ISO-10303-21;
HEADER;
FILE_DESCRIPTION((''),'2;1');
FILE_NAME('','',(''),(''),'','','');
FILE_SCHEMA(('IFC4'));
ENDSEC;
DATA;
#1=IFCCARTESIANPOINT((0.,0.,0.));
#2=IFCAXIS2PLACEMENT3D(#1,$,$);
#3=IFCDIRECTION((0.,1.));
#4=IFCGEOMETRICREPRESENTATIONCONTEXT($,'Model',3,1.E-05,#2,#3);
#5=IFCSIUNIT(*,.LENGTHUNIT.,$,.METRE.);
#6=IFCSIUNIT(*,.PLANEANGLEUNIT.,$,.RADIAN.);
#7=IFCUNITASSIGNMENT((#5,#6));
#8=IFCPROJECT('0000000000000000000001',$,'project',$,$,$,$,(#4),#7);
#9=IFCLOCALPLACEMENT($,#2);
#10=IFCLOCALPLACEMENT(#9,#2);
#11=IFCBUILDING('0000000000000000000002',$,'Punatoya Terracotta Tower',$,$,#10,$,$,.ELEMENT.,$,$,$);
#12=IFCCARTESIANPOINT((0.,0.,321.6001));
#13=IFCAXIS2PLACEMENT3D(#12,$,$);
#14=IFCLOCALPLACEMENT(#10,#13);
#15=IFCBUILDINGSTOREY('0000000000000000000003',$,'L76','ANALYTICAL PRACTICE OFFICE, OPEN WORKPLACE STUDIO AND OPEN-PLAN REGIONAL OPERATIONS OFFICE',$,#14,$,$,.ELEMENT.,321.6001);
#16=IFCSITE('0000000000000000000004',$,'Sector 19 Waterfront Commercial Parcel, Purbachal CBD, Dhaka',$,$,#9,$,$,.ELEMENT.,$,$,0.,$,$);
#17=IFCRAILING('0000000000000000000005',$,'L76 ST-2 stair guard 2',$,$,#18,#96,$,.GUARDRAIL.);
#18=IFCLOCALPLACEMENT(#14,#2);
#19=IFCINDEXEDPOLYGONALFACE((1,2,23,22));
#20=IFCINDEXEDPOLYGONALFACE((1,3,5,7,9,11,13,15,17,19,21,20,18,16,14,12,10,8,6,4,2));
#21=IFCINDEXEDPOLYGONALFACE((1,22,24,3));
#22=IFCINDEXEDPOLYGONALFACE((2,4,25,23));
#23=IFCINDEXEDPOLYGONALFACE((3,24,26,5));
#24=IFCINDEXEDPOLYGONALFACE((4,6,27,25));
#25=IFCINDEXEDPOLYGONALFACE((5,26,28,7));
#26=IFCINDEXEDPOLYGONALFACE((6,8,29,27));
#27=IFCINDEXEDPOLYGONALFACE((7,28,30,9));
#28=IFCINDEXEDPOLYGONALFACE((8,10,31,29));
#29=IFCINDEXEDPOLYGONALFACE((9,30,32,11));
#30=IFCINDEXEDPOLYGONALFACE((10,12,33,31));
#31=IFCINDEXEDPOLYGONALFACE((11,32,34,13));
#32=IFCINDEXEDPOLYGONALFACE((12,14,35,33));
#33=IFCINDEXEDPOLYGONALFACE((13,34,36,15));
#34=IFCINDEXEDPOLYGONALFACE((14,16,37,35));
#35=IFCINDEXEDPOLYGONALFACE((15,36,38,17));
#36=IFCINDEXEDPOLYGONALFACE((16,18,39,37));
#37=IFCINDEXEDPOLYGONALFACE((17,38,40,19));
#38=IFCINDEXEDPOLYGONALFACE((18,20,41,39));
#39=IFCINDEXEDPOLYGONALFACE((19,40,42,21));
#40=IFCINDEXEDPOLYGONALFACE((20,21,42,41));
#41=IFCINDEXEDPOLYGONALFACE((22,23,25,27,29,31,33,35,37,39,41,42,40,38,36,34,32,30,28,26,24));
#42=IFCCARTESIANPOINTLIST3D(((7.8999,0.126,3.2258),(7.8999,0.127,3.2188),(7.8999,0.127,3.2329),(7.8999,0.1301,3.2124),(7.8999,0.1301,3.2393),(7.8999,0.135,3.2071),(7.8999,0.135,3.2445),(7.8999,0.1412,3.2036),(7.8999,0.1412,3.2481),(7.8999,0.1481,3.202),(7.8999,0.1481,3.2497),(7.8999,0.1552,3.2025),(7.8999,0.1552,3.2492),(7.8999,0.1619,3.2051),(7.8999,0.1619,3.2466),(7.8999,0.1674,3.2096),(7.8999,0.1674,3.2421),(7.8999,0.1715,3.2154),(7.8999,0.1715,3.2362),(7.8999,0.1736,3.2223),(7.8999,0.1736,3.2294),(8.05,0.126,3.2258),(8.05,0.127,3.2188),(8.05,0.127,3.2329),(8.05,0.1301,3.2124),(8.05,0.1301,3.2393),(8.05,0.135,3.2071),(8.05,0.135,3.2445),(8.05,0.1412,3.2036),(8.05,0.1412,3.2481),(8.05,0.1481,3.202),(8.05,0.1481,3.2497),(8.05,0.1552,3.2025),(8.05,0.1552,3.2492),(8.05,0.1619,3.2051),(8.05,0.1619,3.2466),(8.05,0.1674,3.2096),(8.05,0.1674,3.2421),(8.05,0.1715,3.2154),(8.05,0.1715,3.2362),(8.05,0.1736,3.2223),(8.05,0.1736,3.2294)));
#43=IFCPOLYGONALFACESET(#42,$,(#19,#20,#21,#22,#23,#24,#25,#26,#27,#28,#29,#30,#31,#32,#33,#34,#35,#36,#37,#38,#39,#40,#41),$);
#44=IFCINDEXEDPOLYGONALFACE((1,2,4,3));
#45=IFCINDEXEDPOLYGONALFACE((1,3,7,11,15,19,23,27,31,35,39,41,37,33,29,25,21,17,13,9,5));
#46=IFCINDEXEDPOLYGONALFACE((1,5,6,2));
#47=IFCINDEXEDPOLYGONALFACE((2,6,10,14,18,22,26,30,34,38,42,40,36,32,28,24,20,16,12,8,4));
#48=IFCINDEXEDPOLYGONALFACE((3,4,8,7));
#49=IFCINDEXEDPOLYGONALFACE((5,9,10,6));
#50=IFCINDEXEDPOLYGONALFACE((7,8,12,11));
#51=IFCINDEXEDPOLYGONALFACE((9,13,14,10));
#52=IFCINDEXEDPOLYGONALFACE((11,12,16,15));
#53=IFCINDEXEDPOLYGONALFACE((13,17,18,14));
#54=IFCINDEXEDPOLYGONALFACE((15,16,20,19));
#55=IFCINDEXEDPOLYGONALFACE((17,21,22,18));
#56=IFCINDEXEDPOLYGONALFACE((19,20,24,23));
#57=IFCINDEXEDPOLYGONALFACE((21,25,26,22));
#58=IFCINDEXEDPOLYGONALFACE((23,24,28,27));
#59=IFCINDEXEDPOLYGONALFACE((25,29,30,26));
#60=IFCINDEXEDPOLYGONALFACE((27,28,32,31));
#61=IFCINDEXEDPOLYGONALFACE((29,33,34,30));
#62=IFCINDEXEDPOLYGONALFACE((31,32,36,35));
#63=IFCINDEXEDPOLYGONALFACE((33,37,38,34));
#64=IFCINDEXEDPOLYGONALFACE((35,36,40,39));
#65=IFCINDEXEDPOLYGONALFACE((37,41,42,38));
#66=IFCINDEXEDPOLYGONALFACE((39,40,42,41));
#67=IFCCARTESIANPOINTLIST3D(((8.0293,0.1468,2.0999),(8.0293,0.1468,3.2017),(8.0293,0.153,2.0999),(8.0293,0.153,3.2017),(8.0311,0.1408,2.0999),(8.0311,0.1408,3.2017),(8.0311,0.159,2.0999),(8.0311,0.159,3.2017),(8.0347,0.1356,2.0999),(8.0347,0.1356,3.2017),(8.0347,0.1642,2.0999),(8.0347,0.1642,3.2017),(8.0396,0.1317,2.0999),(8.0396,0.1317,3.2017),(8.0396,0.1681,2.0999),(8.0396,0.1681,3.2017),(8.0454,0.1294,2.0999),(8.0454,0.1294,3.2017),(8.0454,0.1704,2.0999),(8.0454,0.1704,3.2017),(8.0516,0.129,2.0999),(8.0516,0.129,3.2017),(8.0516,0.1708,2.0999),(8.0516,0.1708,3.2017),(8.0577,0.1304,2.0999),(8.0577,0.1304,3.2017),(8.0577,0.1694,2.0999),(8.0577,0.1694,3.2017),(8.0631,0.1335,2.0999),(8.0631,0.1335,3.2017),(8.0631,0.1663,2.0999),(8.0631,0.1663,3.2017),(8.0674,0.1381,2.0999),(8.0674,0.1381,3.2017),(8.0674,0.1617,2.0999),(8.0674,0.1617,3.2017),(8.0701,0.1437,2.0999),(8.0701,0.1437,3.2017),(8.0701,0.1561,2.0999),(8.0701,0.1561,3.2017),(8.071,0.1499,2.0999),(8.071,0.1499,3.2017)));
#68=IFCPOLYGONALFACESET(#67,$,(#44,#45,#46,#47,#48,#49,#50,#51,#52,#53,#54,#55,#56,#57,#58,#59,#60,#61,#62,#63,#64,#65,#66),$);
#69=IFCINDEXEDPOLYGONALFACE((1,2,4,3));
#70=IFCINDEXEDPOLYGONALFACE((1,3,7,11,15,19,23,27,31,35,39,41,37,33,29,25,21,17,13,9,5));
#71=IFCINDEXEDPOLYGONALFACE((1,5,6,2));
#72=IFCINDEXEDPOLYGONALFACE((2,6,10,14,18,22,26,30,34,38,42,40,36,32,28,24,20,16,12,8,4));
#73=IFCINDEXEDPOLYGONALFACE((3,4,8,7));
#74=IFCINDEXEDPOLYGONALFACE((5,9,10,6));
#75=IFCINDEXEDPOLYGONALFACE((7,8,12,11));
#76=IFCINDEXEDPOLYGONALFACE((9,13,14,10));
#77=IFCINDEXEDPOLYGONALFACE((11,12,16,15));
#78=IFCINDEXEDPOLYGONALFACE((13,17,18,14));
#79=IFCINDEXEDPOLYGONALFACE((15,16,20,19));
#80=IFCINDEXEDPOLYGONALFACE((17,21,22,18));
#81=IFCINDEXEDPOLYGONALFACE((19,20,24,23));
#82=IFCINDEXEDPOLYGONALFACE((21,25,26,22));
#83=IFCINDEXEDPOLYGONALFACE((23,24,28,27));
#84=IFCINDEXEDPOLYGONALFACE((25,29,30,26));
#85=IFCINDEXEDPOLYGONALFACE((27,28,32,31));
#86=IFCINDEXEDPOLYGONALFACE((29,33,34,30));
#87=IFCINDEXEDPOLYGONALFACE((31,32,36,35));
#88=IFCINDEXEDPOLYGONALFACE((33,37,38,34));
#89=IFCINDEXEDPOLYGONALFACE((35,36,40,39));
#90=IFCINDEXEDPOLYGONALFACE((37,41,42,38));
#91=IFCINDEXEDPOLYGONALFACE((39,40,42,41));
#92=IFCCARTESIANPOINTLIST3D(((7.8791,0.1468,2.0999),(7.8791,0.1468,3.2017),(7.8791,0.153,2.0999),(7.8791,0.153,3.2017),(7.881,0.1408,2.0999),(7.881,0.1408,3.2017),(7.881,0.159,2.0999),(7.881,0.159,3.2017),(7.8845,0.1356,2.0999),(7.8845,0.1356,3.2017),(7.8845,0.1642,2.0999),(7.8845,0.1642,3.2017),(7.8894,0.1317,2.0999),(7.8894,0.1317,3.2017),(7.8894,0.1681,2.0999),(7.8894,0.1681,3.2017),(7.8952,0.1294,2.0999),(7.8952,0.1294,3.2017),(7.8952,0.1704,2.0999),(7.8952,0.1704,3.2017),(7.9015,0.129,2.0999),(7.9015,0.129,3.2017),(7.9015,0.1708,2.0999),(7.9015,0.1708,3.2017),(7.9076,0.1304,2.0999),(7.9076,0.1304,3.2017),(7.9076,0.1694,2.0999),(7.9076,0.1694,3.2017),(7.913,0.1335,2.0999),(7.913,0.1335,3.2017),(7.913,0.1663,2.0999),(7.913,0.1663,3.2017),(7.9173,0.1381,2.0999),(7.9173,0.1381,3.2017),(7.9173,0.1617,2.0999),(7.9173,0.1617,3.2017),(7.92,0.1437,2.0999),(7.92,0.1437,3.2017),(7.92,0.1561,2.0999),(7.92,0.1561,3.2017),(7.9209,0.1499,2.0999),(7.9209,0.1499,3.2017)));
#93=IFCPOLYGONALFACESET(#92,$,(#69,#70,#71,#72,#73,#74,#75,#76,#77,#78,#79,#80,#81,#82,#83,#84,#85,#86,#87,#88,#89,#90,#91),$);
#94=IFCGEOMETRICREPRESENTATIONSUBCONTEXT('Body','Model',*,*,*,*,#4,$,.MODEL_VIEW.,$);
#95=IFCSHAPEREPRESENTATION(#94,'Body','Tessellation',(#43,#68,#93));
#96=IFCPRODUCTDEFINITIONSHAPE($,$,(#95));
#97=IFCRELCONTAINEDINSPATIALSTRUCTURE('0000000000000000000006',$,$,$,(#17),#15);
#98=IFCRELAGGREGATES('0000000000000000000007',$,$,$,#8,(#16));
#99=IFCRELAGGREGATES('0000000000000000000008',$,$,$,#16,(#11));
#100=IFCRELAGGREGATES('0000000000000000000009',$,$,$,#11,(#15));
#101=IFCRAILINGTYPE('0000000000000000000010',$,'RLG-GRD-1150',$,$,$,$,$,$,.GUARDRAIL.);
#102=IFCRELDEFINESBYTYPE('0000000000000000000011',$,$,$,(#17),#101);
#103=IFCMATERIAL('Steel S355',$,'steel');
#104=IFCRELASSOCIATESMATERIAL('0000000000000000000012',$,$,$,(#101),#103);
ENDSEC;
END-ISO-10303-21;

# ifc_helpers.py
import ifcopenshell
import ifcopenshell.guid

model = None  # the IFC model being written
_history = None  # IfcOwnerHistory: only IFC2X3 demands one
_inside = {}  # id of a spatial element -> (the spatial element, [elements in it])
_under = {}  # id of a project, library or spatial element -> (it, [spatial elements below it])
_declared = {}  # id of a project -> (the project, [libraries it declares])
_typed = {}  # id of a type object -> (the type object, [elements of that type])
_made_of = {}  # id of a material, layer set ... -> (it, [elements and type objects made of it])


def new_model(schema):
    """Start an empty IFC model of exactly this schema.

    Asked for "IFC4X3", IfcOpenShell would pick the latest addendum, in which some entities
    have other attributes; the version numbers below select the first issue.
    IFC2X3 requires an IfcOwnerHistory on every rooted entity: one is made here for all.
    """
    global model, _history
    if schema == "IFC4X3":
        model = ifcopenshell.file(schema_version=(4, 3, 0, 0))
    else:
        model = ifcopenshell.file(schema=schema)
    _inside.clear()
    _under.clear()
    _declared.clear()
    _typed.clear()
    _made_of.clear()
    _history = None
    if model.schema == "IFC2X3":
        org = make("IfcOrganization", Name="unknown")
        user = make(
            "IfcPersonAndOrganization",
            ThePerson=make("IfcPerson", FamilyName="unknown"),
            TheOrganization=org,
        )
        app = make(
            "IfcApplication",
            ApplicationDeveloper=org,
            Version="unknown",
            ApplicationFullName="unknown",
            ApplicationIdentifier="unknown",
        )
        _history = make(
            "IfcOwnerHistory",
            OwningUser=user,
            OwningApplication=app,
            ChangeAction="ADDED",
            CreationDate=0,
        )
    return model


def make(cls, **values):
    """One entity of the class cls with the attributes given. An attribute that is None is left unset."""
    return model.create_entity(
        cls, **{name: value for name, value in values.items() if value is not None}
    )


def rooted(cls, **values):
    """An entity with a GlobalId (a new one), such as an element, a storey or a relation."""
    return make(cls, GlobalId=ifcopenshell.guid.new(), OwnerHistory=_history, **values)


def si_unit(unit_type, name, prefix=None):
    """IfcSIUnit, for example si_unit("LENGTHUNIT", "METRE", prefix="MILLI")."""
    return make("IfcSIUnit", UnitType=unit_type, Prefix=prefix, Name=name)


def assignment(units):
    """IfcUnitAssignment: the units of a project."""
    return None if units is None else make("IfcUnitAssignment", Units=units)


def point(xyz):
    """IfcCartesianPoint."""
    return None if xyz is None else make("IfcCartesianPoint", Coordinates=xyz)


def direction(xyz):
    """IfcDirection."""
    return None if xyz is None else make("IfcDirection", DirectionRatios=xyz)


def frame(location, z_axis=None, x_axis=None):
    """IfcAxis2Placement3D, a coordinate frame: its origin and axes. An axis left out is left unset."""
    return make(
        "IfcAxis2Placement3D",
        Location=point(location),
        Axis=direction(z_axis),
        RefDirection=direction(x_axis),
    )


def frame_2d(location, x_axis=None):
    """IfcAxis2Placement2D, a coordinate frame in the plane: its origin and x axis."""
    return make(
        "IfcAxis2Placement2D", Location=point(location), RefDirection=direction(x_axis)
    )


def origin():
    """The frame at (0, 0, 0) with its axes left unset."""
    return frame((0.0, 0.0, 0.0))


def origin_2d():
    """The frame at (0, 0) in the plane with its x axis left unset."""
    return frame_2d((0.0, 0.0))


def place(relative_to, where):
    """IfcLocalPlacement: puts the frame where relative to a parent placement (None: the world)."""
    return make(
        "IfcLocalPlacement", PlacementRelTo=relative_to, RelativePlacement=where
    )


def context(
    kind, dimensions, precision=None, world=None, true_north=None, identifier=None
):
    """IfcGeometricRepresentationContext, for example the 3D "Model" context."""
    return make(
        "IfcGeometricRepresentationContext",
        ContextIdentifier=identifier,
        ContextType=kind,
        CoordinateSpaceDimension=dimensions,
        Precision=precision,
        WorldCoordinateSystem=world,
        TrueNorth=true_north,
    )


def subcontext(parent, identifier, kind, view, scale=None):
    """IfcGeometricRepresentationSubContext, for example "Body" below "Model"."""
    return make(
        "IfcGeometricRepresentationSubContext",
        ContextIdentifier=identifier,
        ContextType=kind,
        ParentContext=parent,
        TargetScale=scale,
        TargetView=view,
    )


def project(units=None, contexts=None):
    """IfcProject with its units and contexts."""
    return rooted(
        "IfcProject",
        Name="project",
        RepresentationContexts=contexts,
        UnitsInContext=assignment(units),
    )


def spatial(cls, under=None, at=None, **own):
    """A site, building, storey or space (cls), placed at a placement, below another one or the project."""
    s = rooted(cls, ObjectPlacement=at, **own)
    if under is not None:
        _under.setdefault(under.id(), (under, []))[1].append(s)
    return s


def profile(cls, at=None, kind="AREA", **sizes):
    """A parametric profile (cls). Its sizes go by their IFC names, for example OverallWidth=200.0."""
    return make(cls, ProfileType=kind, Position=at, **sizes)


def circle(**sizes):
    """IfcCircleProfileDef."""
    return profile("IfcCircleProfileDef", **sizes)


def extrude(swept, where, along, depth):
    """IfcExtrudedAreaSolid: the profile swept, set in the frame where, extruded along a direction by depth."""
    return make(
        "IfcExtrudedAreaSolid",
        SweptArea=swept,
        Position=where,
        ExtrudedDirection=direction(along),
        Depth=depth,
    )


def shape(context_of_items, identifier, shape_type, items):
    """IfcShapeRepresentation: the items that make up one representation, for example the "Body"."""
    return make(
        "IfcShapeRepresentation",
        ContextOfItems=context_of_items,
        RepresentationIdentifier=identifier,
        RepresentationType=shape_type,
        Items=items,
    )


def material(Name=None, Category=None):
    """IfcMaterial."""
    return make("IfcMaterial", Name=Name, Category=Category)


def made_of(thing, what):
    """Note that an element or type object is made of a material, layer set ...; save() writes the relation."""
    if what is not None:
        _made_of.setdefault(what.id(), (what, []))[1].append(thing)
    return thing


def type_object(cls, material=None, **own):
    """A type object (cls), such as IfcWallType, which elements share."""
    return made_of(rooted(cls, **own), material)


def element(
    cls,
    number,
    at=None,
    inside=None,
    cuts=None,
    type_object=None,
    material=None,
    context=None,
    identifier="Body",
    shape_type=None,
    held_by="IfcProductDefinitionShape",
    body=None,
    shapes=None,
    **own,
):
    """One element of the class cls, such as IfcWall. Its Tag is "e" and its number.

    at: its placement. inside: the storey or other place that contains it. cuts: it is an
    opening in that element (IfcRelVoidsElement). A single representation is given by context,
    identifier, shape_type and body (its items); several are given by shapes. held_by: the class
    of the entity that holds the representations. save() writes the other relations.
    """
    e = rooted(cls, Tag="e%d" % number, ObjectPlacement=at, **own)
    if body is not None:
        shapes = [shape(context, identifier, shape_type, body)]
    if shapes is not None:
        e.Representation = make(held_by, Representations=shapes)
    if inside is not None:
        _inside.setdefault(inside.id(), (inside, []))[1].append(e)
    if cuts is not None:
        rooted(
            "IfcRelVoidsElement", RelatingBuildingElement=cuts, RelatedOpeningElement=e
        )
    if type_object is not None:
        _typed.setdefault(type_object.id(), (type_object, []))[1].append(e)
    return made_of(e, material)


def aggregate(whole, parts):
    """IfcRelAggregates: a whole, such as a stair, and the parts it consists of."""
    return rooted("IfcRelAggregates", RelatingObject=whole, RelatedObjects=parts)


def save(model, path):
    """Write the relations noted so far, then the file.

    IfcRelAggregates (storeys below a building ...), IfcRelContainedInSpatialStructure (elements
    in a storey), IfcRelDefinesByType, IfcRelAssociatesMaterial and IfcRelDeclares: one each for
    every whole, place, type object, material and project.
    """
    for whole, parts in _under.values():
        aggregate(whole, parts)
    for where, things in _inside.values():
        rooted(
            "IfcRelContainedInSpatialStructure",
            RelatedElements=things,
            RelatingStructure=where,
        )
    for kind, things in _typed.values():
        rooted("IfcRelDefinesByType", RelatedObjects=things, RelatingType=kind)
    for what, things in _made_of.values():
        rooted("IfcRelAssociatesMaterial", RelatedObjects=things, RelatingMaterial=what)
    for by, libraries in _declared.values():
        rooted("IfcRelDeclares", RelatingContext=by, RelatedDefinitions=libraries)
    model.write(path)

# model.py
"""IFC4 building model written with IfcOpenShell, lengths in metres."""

from ifc_helpers import new_model, si_unit, direction, frame, origin, origin_2d, place, context, subcontext, project, spatial, circle, extrude, material, type_object, element, save


model = new_model("IFC4")

# Units and contexts
model_context = context("Model", 3, precision=1e-05, world=origin(), true_north=direction((0.0, 1.0)))
body_context = subcontext(model_context, "Body", "Model", "MODEL_VIEW")
ifc_project = project(units=[si_unit("LENGTHUNIT", "METRE"), si_unit("PLANEANGLEUNIT", "RADIAN")], contexts=[model_context])

# Site, building, storey
site_placement = place(None, origin())
site = spatial("IfcSite", under=ifc_project, at=site_placement, Name="Sector 19 Waterfront Commercial Parcel, Purbachal CBD, Dhaka", CompositionType="ELEMENT", RefElevation=0.0)
building_placement = place(site_placement, origin())
building = spatial("IfcBuilding", under=site, at=building_placement, Name="Punatoya Terracotta Tower", CompositionType="ELEMENT")
storey_placement = place(building_placement, frame((0.0, 0.0, 321.6001)))
storey = spatial("IfcBuildingStorey", under=building, at=storey_placement, Name="L76", Description="ANALYTICAL PRACTICE OFFICE, OPEN WORKPLACE STUDIO AND OPEN-PLAN REGIONAL OPERATIONS OFFICE", CompositionType="ELEMENT", Elevation=321.6001)

# Shared definitions
ifc_material_1 = material(Name="Steel S355", Category="steel")

# Railing
railing_type_1 = type_object("IfcRailingType", Name="RLG-GRD-1150", PredefinedType="GUARDRAIL", material=ifc_material_1)
railing_1_placement = place(storey_placement, frame((8.05, 0.1499, 2.0999)))
element("IfcRailing", 1, at=railing_1_placement, inside=storey, type_object=railing_type_1, Name="L76 ST-2 stair guard 2", PredefinedType="GUARDRAIL", context=body_context, shape_type="SweptSolid", body=[
    extrude(circle(Radius=0.0239, at=origin_2d()), frame((0.0, 0.0, 1.126), z_axis=(-1.0, 0.0, 0.0), x_axis=(0.0, -1.0, 0.0)), (0.0, 0.0, 1.0), 0.1501),
    extrude(circle(Radius=0.021, at=origin_2d()), origin(), (0.0, 0.0, 1.0), 1.1018),
    extrude(circle(Radius=0.021, at=origin_2d()), frame((-0.1501, 0.0, 0.0)), (0.0, 0.0, 1.0), 1.1018),
])

save(model, "model.ifc")
